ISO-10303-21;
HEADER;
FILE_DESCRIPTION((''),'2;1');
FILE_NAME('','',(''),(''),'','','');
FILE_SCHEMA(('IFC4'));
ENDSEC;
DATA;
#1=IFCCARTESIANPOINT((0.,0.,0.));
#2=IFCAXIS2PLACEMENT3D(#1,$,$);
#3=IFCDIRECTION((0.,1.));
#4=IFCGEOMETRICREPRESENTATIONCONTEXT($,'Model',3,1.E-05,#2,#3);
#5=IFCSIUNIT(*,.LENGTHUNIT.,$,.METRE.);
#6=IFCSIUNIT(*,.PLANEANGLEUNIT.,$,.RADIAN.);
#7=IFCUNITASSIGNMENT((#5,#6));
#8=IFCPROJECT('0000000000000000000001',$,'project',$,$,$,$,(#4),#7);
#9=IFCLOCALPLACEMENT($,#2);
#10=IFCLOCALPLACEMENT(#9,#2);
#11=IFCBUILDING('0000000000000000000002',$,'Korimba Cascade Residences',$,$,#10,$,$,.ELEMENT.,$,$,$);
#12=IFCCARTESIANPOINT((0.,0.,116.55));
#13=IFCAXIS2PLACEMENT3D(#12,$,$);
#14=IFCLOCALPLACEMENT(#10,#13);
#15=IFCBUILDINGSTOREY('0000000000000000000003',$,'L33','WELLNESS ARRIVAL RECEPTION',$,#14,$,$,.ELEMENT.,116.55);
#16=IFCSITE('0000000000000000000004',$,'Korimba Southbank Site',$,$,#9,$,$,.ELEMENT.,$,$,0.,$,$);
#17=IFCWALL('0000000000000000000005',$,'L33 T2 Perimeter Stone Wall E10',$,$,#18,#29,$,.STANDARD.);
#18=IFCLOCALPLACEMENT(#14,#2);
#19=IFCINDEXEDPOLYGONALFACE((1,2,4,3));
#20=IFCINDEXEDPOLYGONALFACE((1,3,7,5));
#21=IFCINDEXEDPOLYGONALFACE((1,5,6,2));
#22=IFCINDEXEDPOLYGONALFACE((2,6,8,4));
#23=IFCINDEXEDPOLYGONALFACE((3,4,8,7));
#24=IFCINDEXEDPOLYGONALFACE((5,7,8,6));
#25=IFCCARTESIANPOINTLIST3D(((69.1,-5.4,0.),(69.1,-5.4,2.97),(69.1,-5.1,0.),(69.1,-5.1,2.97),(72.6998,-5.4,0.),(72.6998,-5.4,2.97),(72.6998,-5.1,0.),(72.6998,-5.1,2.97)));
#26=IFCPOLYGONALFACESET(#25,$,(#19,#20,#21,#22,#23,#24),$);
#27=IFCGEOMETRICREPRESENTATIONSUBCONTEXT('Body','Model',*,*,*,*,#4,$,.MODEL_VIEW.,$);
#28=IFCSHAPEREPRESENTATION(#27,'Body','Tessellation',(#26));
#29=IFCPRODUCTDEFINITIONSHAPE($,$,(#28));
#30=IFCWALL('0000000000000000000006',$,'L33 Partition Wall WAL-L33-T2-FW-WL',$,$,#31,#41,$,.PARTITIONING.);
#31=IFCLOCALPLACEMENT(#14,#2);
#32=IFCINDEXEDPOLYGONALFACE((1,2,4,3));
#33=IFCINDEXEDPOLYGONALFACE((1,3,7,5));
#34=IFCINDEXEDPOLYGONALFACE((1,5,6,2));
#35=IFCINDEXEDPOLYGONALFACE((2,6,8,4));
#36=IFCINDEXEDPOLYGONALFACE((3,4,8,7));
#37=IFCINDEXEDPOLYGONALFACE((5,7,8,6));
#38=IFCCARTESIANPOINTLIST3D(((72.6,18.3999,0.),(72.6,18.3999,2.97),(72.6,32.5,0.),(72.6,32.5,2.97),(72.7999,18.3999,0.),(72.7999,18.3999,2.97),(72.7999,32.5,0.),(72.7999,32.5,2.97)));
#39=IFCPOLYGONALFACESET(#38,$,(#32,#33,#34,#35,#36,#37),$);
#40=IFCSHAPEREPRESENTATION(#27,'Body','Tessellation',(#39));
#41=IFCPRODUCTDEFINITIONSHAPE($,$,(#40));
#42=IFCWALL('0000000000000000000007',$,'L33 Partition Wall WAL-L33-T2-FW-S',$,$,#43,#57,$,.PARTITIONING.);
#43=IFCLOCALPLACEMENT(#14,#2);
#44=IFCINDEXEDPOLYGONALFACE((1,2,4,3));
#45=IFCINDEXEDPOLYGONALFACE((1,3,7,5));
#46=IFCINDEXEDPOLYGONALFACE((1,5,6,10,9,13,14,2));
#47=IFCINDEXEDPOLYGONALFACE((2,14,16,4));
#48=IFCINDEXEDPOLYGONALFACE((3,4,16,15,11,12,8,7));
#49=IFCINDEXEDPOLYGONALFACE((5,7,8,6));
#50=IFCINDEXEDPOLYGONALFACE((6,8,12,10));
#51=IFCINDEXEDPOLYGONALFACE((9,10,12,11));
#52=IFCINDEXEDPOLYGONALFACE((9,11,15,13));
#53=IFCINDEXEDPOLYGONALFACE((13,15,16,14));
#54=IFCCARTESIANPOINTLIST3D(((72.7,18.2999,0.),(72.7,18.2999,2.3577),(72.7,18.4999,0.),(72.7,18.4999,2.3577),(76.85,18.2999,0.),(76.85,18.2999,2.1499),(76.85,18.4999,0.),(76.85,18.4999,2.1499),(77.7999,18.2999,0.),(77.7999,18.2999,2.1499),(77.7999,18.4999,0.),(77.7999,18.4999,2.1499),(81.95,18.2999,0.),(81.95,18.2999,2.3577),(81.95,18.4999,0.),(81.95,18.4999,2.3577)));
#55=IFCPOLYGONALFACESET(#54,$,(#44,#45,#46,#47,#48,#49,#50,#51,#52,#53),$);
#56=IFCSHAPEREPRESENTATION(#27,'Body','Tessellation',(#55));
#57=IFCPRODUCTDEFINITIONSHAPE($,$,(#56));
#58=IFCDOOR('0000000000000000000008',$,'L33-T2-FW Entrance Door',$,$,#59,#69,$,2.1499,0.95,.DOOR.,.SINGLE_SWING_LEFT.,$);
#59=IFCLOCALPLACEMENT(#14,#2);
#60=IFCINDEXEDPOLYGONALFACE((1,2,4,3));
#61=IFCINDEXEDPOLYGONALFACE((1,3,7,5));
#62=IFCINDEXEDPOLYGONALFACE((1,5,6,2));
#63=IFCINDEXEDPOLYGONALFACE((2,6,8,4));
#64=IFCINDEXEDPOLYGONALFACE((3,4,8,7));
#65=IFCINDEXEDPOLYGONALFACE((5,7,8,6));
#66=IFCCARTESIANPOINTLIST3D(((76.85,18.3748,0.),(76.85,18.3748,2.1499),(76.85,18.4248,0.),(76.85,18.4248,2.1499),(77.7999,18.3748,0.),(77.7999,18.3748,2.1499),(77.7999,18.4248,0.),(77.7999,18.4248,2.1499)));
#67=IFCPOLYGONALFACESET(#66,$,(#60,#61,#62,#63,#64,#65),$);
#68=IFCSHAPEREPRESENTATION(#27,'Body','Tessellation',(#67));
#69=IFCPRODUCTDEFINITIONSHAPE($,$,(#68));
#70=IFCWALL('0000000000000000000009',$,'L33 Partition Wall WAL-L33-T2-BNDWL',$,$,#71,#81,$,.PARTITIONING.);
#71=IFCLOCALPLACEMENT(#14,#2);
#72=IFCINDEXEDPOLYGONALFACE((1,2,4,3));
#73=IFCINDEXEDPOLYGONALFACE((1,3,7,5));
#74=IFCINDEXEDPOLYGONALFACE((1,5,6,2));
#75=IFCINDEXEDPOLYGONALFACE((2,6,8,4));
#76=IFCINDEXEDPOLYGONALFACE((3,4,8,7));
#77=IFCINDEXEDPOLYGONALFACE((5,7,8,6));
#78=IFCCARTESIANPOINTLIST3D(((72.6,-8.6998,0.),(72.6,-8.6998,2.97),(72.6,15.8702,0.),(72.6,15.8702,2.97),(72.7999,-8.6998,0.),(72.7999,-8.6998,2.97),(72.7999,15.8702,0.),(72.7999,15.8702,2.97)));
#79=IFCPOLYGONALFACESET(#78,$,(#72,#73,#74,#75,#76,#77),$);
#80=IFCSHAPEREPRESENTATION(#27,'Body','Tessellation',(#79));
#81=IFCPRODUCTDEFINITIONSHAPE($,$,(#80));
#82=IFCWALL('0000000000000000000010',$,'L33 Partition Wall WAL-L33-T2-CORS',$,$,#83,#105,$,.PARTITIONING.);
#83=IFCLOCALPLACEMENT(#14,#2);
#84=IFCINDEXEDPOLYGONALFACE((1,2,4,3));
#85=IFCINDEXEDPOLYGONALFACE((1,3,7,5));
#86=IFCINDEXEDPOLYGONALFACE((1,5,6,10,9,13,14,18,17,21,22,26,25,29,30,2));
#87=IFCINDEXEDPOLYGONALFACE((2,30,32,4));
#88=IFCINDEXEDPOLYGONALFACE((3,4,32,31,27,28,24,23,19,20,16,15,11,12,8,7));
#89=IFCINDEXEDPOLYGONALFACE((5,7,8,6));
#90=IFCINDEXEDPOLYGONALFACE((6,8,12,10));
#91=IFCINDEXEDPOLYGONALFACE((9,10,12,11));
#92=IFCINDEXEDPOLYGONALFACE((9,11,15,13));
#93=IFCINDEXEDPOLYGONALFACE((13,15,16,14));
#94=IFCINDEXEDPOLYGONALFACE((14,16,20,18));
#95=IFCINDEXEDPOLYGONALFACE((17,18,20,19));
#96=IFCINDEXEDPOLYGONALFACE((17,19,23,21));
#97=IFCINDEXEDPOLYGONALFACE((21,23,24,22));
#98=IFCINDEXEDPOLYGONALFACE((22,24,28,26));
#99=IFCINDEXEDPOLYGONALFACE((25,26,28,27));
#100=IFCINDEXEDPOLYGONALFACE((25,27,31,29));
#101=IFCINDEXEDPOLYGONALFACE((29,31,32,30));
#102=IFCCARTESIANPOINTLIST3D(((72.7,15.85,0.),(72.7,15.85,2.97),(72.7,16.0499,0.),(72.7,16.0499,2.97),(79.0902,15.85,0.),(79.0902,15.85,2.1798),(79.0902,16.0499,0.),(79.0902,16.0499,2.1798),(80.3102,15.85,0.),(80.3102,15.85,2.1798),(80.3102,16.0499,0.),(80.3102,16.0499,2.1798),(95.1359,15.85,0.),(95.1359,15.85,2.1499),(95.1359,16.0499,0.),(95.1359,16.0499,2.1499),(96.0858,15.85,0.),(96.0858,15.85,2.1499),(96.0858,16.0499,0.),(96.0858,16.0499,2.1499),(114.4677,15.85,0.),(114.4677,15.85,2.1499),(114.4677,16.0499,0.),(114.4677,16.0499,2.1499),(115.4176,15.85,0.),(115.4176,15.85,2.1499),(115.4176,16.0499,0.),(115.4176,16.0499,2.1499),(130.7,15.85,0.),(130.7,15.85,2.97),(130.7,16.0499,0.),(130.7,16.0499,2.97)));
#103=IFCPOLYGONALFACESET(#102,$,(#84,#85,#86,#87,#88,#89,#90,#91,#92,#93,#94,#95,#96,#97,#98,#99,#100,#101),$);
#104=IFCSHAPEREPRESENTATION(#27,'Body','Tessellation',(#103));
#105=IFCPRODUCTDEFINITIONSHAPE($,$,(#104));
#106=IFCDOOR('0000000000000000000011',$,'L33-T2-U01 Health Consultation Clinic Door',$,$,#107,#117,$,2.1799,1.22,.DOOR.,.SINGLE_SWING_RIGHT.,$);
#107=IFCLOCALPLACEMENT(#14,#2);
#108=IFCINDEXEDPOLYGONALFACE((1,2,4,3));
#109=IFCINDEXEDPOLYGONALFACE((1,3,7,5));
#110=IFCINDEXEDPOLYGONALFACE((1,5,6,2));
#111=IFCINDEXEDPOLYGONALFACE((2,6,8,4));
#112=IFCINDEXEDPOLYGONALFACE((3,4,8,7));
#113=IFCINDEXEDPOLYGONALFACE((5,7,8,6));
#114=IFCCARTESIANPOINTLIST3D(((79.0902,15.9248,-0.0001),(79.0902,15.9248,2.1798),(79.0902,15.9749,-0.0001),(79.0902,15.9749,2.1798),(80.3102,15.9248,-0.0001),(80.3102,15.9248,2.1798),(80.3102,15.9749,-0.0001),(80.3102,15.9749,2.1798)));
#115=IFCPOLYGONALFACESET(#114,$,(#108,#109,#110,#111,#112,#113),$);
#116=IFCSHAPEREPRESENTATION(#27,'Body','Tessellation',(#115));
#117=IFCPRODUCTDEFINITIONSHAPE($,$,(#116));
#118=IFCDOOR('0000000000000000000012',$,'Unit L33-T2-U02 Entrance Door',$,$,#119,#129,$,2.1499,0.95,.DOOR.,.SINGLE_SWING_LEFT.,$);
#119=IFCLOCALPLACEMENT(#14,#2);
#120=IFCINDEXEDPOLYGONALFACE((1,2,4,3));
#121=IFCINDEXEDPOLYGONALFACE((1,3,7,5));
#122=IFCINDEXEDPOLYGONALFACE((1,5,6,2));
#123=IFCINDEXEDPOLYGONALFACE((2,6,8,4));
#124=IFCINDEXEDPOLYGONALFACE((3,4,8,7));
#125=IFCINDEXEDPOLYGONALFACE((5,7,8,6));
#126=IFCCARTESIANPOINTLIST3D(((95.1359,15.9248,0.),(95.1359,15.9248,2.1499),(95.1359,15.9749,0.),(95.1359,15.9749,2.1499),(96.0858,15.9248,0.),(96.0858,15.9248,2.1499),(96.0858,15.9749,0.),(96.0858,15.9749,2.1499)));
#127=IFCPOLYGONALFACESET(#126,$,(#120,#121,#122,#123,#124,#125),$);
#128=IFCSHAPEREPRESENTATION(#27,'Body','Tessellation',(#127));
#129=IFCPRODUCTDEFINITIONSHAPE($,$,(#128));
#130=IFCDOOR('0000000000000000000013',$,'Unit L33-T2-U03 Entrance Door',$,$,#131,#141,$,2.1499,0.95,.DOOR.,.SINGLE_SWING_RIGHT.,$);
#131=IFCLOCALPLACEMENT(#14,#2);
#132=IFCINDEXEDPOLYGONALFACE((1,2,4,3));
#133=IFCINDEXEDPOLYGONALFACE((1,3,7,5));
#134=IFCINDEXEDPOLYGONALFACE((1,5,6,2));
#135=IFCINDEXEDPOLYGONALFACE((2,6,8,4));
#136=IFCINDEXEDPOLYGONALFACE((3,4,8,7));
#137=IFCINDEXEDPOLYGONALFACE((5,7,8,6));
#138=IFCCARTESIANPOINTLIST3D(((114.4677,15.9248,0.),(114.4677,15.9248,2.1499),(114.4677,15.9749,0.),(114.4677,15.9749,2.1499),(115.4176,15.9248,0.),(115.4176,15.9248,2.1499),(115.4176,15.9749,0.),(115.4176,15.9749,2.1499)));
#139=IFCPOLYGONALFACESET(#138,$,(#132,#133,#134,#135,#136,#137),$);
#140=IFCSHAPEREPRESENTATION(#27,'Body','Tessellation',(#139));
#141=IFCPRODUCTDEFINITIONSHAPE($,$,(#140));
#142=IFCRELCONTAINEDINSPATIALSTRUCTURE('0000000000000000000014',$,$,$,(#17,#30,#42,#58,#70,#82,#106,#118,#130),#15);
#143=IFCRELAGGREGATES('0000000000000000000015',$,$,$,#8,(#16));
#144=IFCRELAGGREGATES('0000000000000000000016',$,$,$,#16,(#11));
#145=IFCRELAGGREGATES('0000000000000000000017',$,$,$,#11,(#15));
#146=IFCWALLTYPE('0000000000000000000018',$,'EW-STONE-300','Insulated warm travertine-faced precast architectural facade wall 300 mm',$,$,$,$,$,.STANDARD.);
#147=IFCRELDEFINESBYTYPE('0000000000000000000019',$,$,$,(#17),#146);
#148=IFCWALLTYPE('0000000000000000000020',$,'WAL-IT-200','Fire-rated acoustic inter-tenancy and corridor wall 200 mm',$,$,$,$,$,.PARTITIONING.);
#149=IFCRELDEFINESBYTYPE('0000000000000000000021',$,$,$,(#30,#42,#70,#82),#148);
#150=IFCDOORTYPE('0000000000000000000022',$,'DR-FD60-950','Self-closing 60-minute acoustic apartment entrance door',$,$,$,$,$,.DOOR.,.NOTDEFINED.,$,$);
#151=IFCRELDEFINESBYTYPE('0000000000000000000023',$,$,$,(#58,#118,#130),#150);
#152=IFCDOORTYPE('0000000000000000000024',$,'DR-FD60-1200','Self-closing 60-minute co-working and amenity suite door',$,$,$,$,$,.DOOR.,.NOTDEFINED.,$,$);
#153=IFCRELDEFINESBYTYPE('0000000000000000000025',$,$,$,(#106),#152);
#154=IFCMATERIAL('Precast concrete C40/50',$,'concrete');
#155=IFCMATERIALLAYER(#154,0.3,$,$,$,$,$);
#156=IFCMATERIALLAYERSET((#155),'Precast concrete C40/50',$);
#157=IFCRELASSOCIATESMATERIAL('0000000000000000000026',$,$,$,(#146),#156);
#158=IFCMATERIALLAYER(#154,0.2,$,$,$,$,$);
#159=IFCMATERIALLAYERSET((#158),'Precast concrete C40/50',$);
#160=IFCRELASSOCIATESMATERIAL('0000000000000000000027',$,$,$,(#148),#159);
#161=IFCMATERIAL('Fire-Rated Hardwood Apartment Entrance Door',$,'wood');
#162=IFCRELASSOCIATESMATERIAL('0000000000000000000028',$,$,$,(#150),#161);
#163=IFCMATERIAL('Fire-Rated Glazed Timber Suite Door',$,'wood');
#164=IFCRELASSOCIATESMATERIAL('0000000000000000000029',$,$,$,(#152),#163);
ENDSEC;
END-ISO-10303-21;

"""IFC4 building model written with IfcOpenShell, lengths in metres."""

from ifc_helpers import new_model, si_unit, direction, frame, frame_2d, origin, place, context, subcontext, project, spatial, rectangle, extrude, material, layer, layer_set, type_object, element, fill, save


model = new_model("IFC4")

# Units and contexts
model_context = context("Model", 3, precision=1e-05, world=origin(), true_north=direction((0.0, 1.0)))
body_context = subcontext(model_context, "Body", "Model", "MODEL_VIEW")
ifc_project = project(units=[si_unit("LENGTHUNIT", "METRE"), si_unit("PLANEANGLEUNIT", "RADIAN")], contexts=[model_context])

# Site, building, storey
site_placement = place(None, origin())
site = spatial("IfcSite", under=ifc_project, at=site_placement, Name="Korimba Southbank Site", CompositionType="ELEMENT", RefElevation=0.0)
building_placement = place(site_placement, origin())
building = spatial("IfcBuilding", under=site, at=building_placement, Name="Korimba Cascade Residences", CompositionType="ELEMENT")
storey_placement = place(building_placement, frame((0.0, 0.0, 116.55)))
storey = spatial("IfcBuildingStorey", under=building, at=storey_placement, Name="L33", Description="WELLNESS ARRIVAL RECEPTION", CompositionType="ELEMENT", Elevation=116.55)

# Shared definitions
ifc_material_1 = material(Name="Precast concrete C40/50", Category="concrete")

# Walls
ifc_layer_1 = layer(ifc_material_1, 0.3)
ifc_layer_set_1 = layer_set([ifc_layer_1], Name="Precast concrete C40/50")
wall_type_1 = type_object("IfcWallType", Name="EW-STONE-300", Description="Insulated warm travertine-faced precast architectural facade wall 300 mm", PredefinedType="STANDARD", material=ifc_layer_set_1)
wall_1_placement = place(storey_placement, frame((69.1001, -5.25, 0.0), z_axis=(0.0, 0.0, 1.0), x_axis=(1.0, 0.0, 0.0)))
element("IfcWall", 1, at=wall_1_placement, inside=storey, type_object=wall_type_1, Name="L33 T2 Perimeter Stone Wall E10", PredefinedType="STANDARD", context=body_context, shape_type="SweptSolid", body=[
    extrude(rectangle(XDim=3.5999, YDim=0.3, at=frame_2d((1.7998, 0.0))), origin(), (0.0, 0.0, 1.0), 2.97),
])
ifc_layer_2 = layer(ifc_material_1, 0.2)
ifc_layer_set_2 = layer_set([ifc_layer_2], Name="Precast concrete C40/50")
wall_type_2 = type_object("IfcWallType", Name="WAL-IT-200", Description="Fire-rated acoustic inter-tenancy and corridor wall 200 mm", PredefinedType="PARTITIONING", material=ifc_layer_set_2)
wall_2_placement = place(storey_placement, frame((72.7, 18.3999, 0.0), z_axis=(0.0, 0.0, 1.0), x_axis=(0.0, 1.0, 0.0)))
element("IfcWall", 2, at=wall_2_placement, inside=storey, type_object=wall_type_2, Name="L33 Partition Wall WAL-L33-T2-FW-WL", PredefinedType="PARTITIONING", context=body_context, shape_type="SweptSolid", body=[
    extrude(rectangle(XDim=14.1001, YDim=0.2, at=frame_2d((7.05, 0.0))), origin(), (0.0, 0.0, 1.0), 2.97),
])

# Wall, opening, door
wall_3_placement = place(storey_placement, frame((72.7, 18.3999, 0.0), z_axis=(0.0, 0.0, 1.0), x_axis=(1.0, 0.0, 0.0)))
wall_3 = element("IfcWall", 3, at=wall_3_placement, inside=storey, type_object=wall_type_2, Name="L33 Partition Wall WAL-L33-T2-FW-S", PredefinedType="PARTITIONING", context=body_context, shape_type="SweptSolid", body=[
    extrude(rectangle(XDim=9.25, YDim=0.2, at=frame_2d((4.625, 0.0))), origin(), (0.0, 0.0, 1.0), 2.3577),
])
opening_1_placement = place(wall_3_placement, frame((4.1499, 0.0, 0.0)))
opening_1 = element("IfcOpeningElement", 4, at=opening_1_placement, cuts=wall_3, PredefinedType="OPENING", context=body_context, shape_type="SweptSolid", body=[
    extrude(rectangle(XDim=0.95, YDim=2.1499, at=frame_2d((0.4751, 1.075))), frame((0.0, 0.1099, 0.0), z_axis=(0.0, -1.0, 0.0), x_axis=(1.0, 0.0, 0.0)), (0.0, 0.0, 1.0), 0.22),
])
ifc_material_2 = material(Name="Fire-Rated Hardwood Apartment Entrance Door", Category="wood")
door_type_1 = type_object("IfcDoorType", Name="DR-FD60-950", Description="Self-closing 60-minute acoustic apartment entrance door", OperationType="NOTDEFINED", PredefinedType="DOOR", material=ifc_material_2)
door_1_placement = place(opening_1_placement, origin())
door_1 = element("IfcDoor", 5, at=door_1_placement, inside=storey, type_object=door_type_1, Name="L33-T2-FW Entrance Door", OperationType="SINGLE_SWING_LEFT", OverallHeight=2.1499, OverallWidth=0.95, PredefinedType="DOOR", context=body_context, shape_type="SweptSolid", body=[
    extrude(rectangle(XDim=0.95, YDim=2.1499, at=frame_2d((0.4751, 1.075))), frame((0.0, 0.0249, 0.0), z_axis=(0.0, -1.0, 0.0), x_axis=(1.0, 0.0, 0.0)), (0.0, 0.0, 1.0), 0.05),
])
fill(opening_1, door_1)

# Wall
wall_4_placement = place(storey_placement, frame((72.7, -8.7, 0.0), z_axis=(0.0, 0.0, 1.0), x_axis=(0.0, 1.0, 0.0)))
element("IfcWall", 6, at=wall_4_placement, inside=storey, type_object=wall_type_2, Name="L33 Partition Wall WAL-L33-T2-BNDWL", PredefinedType="PARTITIONING", context=body_context, shape_type="SweptSolid", body=[
    extrude(rectangle(XDim=24.5701, YDim=0.2, at=frame_2d((12.2852, 0.0))), origin(), (0.0, 0.0, 1.0), 2.97),
])

# Wall, openings, doors
wall_5_placement = place(storey_placement, frame((72.7, 15.95, 0.0), z_axis=(0.0, 0.0, 1.0), x_axis=(1.0, 0.0, 0.0)))
wall_5 = element("IfcWall", 7, at=wall_5_placement, inside=storey, type_object=wall_type_2, Name="L33 Partition Wall WAL-L33-T2-CORS", PredefinedType="PARTITIONING", context=body_context, shape_type="SweptSolid", body=[
    extrude(rectangle(XDim=58.0, YDim=0.2, at=frame_2d((29.0, 0.0))), origin(), (0.0, 0.0, 1.0), 2.97),
])
opening_2_placement = place(wall_5_placement, frame((6.3904, 0.0, 0.0)))
opening_2 = element("IfcOpeningElement", 8, at=opening_2_placement, cuts=wall_5, PredefinedType="OPENING", context=body_context, shape_type="SweptSolid", body=[
    extrude(rectangle(XDim=1.22, YDim=2.1799, at=frame_2d((0.6099, 1.0898))), frame((0.0, 0.1099, 0.0), z_axis=(0.0, -1.0, 0.0), x_axis=(1.0, 0.0, 0.0)), (0.0, 0.0, 1.0), 0.22),
])
opening_3_placement = place(wall_5_placement, frame((22.4358, 0.0, 0.0)))
opening_3 = element("IfcOpeningElement", 9, at=opening_3_placement, cuts=wall_5, PredefinedType="OPENING", context=body_context, shape_type="SweptSolid", body=[
    extrude(rectangle(XDim=0.95, YDim=2.1499, at=frame_2d((0.4751, 1.075))), frame((0.0, 0.1099, 0.0), z_axis=(0.0, -1.0, 0.0), x_axis=(1.0, 0.0, 0.0)), (0.0, 0.0, 1.0), 0.22),
])
opening_4_placement = place(wall_5_placement, frame((41.7676, 0.0, 0.0)))
opening_4 = element("IfcOpeningElement", 10, at=opening_4_placement, cuts=wall_5, PredefinedType="OPENING", context=body_context, shape_type="SweptSolid", body=[
    extrude(rectangle(XDim=0.95, YDim=2.1499, at=frame_2d((0.4751, 1.075))), frame((0.0, 0.1099, 0.0), z_axis=(0.0, -1.0, 0.0), x_axis=(1.0, 0.0, 0.0)), (0.0, 0.0, 1.0), 0.22),
])
ifc_material_3 = material(Name="Fire-Rated Glazed Timber Suite Door", Category="wood")
door_type_2 = type_object("IfcDoorType", Name="DR-FD60-1200", Description="Self-closing 60-minute co-working and amenity suite door", OperationType="NOTDEFINED", PredefinedType="DOOR", material=ifc_material_3)
door_2_placement = place(opening_2_placement, origin())
door_2 = element("IfcDoor", 11, at=door_2_placement, inside=storey, type_object=door_type_2, Name="L33-T2-U01 Health Consultation Clinic Door", OperationType="SINGLE_SWING_RIGHT", OverallHeight=2.1799, OverallWidth=1.22, PredefinedType="DOOR", context=body_context, shape_type="SweptSolid", body=[
    extrude(rectangle(XDim=1.22, YDim=2.1799, at=frame_2d((0.6099, 1.0898))), frame((0.0, 0.0249, 0.0), z_axis=(0.0, -1.0, 0.0), x_axis=(1.0, 0.0, 0.0)), (0.0, 0.0, 1.0), 0.05),
])
fill(opening_2, door_2)
door_3_placement = place(opening_3_placement, origin())
door_3 = element("IfcDoor", 12, at=door_3_placement, inside=storey, type_object=door_type_1, Name="Unit L33-T2-U02 Entrance Door", OperationType="SINGLE_SWING_LEFT", OverallHeight=2.1499, OverallWidth=0.95, PredefinedType="DOOR", context=body_context, shape_type="SweptSolid", body=[
    extrude(rectangle(XDim=0.95, YDim=2.1499, at=frame_2d((0.4751, 1.075))), frame((0.0, 0.0249, 0.0), z_axis=(0.0, -1.0, 0.0), x_axis=(1.0, 0.0, 0.0)), (0.0, 0.0, 1.0), 0.05),
])
fill(opening_3, door_3)
door_4_placement = place(opening_4_placement, origin())
door_4 = element("IfcDoor", 13, at=door_4_placement, inside=storey, type_object=door_type_1, Name="Unit L33-T2-U03 Entrance Door", OperationType="SINGLE_SWING_RIGHT", OverallHeight=2.1499, OverallWidth=0.95, PredefinedType="DOOR", context=body_context, shape_type="SweptSolid", body=[
    extrude(rectangle(XDim=0.95, YDim=2.1499, at=frame_2d((0.4751, 1.075))), frame((0.0, 0.0249, 0.0), z_axis=(0.0, -1.0, 0.0), x_axis=(1.0, 0.0, 0.0)), (0.0, 0.0, 1.0), 0.05),
])
fill(opening_4, door_4)

save(model, "model.ifc")
